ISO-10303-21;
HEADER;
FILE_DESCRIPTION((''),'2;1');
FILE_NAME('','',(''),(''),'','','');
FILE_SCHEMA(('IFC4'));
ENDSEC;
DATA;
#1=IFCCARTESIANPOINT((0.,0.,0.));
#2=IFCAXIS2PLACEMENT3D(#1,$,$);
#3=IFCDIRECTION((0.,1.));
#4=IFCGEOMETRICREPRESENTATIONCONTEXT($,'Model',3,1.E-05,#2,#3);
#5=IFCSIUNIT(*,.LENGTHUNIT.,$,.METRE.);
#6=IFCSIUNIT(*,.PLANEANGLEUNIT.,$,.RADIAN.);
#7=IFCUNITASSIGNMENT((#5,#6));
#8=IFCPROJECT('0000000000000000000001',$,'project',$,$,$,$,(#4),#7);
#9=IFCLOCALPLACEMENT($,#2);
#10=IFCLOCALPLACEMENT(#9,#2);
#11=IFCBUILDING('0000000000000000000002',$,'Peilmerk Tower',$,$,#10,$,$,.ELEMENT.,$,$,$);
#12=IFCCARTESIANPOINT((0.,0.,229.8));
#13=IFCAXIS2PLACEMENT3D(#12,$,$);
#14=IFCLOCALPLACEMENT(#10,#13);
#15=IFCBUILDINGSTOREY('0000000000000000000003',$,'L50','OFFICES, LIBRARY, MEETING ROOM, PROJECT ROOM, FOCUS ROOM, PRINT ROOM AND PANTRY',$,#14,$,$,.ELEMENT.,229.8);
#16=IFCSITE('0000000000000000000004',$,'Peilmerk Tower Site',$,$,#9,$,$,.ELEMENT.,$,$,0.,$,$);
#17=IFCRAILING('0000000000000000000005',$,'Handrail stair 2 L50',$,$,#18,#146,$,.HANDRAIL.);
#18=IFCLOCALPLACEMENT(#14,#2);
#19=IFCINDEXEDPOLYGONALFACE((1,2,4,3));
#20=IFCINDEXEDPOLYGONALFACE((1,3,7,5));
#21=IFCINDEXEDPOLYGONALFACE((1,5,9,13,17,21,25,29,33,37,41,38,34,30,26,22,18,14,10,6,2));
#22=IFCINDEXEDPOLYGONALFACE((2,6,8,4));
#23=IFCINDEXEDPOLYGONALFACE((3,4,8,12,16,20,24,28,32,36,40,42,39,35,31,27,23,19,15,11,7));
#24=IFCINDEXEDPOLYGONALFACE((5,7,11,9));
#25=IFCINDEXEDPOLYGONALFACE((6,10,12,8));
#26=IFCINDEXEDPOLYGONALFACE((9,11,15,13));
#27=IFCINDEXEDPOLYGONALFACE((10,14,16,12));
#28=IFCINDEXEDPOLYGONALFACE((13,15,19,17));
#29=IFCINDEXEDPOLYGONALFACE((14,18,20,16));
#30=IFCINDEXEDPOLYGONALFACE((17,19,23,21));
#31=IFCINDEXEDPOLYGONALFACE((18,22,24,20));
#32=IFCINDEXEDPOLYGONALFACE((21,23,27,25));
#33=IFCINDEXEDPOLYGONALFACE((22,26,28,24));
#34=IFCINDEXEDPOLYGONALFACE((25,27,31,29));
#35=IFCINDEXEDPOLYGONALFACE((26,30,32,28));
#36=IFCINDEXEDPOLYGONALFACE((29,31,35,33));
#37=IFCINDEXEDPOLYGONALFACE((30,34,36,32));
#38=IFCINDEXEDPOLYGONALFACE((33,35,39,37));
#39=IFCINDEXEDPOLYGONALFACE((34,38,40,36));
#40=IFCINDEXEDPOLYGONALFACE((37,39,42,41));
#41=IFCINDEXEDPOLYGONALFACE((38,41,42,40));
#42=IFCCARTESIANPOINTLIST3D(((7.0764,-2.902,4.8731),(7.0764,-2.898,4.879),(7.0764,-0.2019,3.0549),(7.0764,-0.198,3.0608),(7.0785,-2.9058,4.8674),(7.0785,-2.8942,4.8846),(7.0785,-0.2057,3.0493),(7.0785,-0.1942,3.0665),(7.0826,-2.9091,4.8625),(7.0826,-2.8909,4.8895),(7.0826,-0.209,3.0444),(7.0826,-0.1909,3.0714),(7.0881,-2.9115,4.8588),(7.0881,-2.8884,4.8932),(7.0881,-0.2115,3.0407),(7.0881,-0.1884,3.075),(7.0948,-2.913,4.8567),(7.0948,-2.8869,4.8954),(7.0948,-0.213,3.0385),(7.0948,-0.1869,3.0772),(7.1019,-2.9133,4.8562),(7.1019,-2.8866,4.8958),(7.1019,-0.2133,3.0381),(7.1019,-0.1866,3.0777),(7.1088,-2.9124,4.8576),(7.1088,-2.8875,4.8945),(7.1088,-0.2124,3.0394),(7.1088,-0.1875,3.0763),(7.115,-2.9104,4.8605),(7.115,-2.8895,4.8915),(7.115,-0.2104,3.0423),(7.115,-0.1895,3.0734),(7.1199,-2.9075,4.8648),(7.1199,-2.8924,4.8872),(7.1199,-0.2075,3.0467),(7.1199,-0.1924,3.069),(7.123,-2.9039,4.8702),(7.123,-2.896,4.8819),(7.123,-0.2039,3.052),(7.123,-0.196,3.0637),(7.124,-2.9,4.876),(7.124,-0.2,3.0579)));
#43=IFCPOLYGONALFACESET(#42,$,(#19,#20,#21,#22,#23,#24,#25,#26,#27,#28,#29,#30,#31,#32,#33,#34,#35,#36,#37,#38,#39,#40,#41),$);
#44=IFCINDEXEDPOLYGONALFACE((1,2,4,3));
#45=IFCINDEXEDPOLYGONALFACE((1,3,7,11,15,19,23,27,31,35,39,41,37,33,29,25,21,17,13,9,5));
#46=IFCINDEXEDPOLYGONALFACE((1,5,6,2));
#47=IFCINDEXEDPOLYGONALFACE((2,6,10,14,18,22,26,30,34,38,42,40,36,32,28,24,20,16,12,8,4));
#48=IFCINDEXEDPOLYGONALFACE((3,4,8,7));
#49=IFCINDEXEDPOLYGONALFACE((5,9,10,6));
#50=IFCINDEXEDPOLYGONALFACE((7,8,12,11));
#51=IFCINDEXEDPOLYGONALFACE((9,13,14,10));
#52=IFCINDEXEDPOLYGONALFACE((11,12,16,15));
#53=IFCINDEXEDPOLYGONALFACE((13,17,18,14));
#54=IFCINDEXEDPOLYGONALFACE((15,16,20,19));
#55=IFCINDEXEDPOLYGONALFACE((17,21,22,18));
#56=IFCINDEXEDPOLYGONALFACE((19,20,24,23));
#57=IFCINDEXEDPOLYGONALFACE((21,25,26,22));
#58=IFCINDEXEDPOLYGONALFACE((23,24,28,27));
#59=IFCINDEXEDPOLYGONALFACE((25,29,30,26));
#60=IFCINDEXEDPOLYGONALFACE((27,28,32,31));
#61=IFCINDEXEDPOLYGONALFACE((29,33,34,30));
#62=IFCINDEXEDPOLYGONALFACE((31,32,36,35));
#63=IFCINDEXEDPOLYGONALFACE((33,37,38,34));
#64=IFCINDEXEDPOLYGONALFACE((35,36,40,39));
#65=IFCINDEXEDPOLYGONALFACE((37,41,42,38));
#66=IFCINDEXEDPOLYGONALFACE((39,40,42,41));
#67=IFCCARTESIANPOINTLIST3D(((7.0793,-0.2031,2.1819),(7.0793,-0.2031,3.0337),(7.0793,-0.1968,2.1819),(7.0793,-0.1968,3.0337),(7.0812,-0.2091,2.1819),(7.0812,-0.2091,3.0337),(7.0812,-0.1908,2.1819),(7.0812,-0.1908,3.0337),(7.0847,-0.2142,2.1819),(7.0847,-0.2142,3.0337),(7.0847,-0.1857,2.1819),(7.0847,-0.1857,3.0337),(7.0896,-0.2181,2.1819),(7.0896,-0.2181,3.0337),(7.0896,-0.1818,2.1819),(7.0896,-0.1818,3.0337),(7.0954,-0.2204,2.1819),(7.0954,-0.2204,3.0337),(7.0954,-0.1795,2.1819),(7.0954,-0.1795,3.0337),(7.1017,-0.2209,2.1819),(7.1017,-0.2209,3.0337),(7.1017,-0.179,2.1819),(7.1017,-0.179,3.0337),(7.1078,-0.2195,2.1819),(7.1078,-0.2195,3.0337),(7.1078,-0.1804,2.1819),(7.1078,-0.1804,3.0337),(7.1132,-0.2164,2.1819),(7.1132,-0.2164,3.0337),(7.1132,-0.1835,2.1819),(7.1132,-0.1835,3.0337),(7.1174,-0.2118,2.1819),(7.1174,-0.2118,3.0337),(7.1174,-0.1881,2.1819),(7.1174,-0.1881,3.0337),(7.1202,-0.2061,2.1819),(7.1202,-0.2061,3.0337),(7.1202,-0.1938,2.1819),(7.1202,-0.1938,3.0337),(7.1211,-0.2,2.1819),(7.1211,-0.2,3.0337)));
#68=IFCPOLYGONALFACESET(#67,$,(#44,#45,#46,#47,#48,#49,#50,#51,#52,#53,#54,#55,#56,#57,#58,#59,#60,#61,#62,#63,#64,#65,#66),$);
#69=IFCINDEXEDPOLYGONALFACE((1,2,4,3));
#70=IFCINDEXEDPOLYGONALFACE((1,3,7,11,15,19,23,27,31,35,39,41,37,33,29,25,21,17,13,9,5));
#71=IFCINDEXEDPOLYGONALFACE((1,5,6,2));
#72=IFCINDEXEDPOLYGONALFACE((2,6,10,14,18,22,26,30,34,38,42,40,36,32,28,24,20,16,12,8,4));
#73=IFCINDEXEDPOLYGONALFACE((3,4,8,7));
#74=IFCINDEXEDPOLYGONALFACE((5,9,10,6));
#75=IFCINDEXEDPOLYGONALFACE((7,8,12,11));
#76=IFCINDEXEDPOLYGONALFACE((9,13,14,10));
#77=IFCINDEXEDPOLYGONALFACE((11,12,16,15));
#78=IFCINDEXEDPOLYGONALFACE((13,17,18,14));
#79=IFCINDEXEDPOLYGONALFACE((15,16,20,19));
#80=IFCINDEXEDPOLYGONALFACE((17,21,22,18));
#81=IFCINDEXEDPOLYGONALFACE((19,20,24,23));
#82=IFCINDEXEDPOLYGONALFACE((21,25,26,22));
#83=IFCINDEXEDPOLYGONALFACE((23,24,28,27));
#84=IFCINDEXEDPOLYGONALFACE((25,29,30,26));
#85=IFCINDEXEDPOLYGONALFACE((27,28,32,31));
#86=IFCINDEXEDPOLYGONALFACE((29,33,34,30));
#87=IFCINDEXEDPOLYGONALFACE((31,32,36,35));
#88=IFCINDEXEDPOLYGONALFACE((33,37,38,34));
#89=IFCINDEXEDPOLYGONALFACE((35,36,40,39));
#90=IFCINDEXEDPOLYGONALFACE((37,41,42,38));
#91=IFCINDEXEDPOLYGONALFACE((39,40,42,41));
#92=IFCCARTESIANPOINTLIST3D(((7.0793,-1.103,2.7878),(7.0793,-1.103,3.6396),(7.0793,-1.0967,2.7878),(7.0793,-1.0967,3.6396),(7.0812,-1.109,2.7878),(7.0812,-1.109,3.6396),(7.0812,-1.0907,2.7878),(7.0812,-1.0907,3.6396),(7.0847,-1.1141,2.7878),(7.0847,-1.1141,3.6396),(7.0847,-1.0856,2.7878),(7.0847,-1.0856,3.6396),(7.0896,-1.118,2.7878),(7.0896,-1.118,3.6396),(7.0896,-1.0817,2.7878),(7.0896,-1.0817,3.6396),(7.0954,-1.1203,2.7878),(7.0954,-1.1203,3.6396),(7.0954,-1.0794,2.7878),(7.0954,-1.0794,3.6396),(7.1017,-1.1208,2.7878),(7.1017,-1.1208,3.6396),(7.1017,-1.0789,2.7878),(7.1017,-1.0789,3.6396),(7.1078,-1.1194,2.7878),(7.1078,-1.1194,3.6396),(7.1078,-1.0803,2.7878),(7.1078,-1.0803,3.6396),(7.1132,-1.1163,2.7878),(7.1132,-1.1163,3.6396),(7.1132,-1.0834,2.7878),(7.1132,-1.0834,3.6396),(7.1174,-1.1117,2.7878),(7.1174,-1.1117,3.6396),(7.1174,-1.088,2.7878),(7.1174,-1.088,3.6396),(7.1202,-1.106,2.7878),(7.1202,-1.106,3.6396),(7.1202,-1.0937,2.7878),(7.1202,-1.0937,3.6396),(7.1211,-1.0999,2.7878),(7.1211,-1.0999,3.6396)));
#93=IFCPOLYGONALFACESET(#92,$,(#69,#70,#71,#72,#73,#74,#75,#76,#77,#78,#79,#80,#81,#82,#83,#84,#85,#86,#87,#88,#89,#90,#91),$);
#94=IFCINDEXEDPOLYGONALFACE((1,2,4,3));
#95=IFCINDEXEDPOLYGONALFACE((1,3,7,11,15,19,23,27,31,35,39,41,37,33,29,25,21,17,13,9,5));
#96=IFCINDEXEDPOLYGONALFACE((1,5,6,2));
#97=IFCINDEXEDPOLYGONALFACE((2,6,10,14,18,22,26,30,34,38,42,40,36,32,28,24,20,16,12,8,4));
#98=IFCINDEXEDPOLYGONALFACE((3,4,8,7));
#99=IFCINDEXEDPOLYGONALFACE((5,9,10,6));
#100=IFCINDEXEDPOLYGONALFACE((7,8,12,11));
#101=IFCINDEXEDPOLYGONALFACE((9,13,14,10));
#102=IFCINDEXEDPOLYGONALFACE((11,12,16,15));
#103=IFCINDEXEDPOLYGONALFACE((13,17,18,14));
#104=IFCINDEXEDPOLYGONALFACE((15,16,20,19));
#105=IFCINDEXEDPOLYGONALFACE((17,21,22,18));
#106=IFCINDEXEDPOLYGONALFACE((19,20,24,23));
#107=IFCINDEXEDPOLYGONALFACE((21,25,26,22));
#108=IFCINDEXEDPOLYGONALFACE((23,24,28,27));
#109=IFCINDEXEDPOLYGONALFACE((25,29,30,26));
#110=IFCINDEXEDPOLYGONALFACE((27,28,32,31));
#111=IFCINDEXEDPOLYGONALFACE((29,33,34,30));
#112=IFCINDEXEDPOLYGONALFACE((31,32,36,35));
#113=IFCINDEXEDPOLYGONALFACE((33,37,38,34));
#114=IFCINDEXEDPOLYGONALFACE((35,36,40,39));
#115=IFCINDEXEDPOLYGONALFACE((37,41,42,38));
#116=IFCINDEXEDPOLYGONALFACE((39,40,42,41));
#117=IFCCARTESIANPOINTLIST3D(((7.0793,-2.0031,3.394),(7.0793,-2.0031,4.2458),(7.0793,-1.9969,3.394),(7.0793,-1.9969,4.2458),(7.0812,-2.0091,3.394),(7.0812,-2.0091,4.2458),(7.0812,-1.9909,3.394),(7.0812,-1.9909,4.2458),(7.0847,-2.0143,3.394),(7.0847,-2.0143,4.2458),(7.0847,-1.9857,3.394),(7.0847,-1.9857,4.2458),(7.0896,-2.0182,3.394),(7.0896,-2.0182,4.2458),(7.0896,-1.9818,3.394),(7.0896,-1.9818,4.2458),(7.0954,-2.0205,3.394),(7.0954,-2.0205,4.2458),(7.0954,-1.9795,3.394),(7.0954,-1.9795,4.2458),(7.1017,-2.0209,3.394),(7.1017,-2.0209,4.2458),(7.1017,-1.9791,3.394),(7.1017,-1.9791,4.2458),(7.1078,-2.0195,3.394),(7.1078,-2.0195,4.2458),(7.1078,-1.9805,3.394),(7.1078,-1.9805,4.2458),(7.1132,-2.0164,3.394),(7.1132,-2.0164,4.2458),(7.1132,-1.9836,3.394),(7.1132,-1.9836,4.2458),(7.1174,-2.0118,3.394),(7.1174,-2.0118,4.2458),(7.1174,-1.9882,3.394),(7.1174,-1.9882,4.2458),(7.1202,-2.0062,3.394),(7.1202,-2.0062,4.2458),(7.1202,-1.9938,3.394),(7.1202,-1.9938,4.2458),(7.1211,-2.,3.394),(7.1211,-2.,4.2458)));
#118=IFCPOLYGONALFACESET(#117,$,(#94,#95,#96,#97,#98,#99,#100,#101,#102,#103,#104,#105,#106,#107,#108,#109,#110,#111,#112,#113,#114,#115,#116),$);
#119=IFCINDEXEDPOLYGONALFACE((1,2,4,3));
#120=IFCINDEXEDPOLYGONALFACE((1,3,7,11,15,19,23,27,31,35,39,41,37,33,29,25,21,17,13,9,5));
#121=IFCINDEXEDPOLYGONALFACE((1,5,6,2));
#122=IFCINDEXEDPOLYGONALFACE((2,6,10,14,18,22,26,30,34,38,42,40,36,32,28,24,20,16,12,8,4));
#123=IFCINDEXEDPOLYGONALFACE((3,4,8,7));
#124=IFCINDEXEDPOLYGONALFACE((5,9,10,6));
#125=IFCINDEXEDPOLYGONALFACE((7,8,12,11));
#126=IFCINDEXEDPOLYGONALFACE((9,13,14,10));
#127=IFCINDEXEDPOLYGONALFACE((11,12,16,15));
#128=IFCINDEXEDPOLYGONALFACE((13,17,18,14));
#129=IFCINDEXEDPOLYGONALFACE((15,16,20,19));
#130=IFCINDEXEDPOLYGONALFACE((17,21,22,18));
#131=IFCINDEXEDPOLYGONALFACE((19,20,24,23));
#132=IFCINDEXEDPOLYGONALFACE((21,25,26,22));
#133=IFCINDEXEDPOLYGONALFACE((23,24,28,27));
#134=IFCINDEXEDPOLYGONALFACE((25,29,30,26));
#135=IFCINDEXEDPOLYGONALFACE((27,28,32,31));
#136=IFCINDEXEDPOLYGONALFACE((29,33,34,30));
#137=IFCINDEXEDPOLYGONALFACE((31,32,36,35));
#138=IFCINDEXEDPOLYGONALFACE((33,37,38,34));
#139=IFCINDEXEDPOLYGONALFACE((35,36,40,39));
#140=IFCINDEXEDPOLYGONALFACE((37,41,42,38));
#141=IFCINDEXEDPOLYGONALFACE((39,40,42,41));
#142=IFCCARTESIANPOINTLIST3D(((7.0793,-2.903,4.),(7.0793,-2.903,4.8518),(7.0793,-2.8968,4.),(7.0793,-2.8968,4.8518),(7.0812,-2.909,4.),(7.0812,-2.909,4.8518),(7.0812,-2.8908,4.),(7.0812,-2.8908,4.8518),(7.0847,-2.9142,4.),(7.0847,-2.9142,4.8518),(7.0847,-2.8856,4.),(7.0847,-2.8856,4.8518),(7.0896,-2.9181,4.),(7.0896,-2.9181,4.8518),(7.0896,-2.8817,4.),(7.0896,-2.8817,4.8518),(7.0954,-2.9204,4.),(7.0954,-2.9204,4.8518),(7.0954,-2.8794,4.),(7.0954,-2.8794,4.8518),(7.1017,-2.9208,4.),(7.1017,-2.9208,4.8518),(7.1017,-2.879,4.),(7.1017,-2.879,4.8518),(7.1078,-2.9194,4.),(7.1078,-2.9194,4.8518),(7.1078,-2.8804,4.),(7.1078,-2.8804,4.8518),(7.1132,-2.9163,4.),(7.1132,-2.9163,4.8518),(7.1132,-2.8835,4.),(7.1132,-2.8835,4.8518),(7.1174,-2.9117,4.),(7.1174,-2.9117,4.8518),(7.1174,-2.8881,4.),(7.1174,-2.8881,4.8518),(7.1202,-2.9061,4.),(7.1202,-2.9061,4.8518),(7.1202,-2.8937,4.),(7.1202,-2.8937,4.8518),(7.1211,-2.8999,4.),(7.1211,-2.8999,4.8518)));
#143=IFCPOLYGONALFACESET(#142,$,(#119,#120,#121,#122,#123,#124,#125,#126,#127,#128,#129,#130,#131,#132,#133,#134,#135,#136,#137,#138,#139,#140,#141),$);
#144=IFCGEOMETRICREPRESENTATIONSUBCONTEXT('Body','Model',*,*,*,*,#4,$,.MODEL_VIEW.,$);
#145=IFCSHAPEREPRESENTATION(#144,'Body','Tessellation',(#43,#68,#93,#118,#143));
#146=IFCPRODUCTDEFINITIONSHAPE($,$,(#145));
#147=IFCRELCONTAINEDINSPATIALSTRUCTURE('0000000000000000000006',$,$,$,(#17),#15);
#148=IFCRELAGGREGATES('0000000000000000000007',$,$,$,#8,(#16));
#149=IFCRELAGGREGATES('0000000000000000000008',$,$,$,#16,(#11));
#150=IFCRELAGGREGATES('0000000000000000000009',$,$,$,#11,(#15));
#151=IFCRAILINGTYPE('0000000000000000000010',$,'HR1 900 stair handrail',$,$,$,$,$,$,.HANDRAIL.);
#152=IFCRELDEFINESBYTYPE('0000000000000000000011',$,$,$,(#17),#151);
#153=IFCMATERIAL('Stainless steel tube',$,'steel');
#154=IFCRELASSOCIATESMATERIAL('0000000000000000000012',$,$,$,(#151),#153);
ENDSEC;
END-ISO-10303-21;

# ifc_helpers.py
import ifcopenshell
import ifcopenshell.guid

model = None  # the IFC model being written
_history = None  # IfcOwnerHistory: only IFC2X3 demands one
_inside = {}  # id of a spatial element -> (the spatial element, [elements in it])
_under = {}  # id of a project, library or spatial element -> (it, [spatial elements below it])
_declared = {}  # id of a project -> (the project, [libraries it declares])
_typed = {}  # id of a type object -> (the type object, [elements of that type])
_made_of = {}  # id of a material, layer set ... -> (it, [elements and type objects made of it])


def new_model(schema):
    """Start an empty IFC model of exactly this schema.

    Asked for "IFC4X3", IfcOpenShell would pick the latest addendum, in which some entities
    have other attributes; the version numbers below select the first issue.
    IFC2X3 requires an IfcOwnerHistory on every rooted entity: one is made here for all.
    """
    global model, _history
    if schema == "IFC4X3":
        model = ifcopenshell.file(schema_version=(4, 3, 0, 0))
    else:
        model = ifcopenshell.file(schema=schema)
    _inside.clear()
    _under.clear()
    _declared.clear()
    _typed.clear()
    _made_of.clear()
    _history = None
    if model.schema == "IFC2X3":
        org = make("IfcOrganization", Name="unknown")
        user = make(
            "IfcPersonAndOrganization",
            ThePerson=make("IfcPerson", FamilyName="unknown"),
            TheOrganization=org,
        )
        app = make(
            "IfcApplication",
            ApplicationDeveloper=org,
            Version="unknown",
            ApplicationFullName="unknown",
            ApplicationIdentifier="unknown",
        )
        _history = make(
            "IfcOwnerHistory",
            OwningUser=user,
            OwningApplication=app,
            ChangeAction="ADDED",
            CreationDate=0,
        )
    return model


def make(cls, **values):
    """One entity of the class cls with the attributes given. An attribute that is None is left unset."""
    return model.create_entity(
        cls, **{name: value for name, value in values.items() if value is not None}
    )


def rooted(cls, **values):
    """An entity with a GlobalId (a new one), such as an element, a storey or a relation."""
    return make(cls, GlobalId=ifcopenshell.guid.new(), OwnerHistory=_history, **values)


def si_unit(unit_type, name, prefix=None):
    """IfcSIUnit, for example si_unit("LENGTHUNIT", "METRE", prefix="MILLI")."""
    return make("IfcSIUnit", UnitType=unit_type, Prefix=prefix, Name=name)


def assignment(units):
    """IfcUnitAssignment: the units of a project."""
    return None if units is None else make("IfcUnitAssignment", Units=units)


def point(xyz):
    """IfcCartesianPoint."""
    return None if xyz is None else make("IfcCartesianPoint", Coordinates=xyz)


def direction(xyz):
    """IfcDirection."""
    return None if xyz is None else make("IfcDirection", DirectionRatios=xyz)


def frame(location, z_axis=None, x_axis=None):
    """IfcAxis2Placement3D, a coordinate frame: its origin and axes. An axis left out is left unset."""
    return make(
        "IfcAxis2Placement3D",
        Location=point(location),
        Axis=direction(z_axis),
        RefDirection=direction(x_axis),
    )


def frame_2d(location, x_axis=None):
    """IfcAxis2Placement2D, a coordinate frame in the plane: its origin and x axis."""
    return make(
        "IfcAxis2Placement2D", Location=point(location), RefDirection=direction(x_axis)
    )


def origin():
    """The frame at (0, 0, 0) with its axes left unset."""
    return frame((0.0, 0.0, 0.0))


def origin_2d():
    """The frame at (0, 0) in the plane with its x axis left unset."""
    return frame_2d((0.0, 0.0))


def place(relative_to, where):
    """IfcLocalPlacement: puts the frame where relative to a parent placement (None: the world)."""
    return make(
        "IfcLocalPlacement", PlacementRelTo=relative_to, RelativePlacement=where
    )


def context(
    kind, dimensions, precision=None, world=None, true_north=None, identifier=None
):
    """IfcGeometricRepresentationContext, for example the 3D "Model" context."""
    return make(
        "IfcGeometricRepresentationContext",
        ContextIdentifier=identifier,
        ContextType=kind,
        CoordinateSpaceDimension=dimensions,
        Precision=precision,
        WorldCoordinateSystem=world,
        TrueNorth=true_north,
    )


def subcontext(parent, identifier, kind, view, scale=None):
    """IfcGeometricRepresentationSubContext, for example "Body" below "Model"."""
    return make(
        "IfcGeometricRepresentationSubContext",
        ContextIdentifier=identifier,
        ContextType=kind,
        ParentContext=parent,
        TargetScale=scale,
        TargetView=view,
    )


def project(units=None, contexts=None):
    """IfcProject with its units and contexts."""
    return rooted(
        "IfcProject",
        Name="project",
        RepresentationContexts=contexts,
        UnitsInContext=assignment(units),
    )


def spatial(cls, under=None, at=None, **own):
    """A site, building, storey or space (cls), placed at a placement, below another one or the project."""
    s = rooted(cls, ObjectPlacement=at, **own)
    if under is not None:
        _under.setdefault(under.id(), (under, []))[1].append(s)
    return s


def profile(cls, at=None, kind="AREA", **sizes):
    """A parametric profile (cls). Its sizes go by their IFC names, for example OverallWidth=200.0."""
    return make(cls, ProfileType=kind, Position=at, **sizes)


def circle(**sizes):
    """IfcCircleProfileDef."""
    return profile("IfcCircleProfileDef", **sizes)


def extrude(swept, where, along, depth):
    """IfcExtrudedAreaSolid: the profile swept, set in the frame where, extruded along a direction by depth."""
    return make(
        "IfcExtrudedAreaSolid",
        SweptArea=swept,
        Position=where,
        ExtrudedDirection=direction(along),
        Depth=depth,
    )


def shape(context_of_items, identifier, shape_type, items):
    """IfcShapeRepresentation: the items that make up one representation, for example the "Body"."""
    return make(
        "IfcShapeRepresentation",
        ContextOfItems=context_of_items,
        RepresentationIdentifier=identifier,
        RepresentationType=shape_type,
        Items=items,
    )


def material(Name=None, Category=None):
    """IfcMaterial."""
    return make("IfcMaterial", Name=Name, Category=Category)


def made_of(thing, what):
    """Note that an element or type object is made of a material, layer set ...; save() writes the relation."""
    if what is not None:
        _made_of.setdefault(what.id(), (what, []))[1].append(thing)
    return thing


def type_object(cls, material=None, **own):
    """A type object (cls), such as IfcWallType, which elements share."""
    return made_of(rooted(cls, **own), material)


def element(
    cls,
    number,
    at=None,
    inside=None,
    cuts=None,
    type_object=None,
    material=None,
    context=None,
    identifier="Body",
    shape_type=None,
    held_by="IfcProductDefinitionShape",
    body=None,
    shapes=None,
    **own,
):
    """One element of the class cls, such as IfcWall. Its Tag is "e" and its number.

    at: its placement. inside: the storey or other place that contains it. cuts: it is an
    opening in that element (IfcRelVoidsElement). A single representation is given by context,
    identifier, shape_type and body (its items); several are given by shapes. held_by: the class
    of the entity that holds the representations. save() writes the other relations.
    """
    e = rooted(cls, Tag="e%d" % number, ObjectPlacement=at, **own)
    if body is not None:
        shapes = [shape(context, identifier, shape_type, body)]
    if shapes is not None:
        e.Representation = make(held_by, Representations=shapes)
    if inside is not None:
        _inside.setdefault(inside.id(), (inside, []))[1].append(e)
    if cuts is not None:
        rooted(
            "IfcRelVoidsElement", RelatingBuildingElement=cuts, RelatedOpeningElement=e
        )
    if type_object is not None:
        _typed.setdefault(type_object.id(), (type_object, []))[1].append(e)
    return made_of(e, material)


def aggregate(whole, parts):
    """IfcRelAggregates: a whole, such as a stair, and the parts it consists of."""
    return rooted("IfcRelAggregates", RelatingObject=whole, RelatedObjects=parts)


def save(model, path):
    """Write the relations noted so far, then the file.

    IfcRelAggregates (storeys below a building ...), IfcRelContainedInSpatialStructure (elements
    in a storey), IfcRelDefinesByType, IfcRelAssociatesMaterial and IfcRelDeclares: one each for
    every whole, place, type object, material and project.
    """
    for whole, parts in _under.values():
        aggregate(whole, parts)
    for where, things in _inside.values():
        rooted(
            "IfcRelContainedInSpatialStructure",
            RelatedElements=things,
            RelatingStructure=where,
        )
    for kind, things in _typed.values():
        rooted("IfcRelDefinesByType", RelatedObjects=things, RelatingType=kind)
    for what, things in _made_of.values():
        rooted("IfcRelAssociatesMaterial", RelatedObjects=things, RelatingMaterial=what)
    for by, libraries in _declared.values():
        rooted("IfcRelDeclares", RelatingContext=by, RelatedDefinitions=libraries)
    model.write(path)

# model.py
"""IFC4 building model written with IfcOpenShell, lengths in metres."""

from ifc_helpers import new_model, si_unit, direction, frame, origin, origin_2d, place, context, subcontext, project, spatial, circle, extrude, material, type_object, element, save


model = new_model("IFC4")

# Units and contexts
model_context = context("Model", 3, precision=1e-05, world=origin(), true_north=direction((0.0, 1.0)))
body_context = subcontext(model_context, "Body", "Model", "MODEL_VIEW")
ifc_project = project(units=[si_unit("LENGTHUNIT", "METRE"), si_unit("PLANEANGLEUNIT", "RADIAN")], contexts=[model_context])

# Site, building, storey
site_placement = place(None, origin())
site = spatial("IfcSite", under=ifc_project, at=site_placement, Name="Peilmerk Tower Site", CompositionType="ELEMENT", RefElevation=0.0)
building_placement = place(site_placement, origin())
building = spatial("IfcBuilding", under=site, at=building_placement, Name="Peilmerk Tower", CompositionType="ELEMENT")
storey_placement = place(building_placement, frame((0.0, 0.0, 229.8)))
storey = spatial("IfcBuildingStorey", under=building, at=storey_placement, Name="L50", Description="OFFICES, LIBRARY, MEETING ROOM, PROJECT ROOM, FOCUS ROOM, PRINT ROOM AND PANTRY", CompositionType="ELEMENT", Elevation=229.8)

# Railing
ifc_material_1 = material(Name="Stainless steel tube", Category="steel")
railing_type_1 = type_object("IfcRailingType", Name="HR1 900 stair handrail", PredefinedType="HANDRAIL", material=ifc_material_1)
railing_1_placement = place(storey_placement, frame((7.1001, -0.2, 2.1819)))
element("IfcRailing", 1, at=railing_1_placement, inside=storey, type_object=railing_type_1, Name="Handrail stair 2 L50", PredefinedType="HANDRAIL", context=body_context, shape_type="SweptSolid", body=[
    extrude(circle(Radius=0.0239, at=origin_2d()), frame((0.0, 0.0, 0.876), z_axis=(0.0, -0.829468, 0.558554), x_axis=(1.0, 0.0, 0.0)), (0.0, 0.0, 1.0), 3.2551),
    extrude(circle(Radius=0.021, at=origin_2d()), origin(), (0.0, 0.0, 1.0), 0.8518),
    extrude(circle(Radius=0.021, at=origin_2d()), frame((0.0, -0.8999, 0.606)), (0.0, 0.0, 1.0), 0.8518),
    extrude(circle(Radius=0.021, at=origin_2d()), frame((0.0, -1.8, 1.2122)), (0.0, 0.0, 1.0), 0.8518),
    extrude(circle(Radius=0.021, at=origin_2d()), frame((0.0, -2.7, 1.8181)), (0.0, 0.0, 1.0), 0.8518),
])

save(model, "model.ifc")
